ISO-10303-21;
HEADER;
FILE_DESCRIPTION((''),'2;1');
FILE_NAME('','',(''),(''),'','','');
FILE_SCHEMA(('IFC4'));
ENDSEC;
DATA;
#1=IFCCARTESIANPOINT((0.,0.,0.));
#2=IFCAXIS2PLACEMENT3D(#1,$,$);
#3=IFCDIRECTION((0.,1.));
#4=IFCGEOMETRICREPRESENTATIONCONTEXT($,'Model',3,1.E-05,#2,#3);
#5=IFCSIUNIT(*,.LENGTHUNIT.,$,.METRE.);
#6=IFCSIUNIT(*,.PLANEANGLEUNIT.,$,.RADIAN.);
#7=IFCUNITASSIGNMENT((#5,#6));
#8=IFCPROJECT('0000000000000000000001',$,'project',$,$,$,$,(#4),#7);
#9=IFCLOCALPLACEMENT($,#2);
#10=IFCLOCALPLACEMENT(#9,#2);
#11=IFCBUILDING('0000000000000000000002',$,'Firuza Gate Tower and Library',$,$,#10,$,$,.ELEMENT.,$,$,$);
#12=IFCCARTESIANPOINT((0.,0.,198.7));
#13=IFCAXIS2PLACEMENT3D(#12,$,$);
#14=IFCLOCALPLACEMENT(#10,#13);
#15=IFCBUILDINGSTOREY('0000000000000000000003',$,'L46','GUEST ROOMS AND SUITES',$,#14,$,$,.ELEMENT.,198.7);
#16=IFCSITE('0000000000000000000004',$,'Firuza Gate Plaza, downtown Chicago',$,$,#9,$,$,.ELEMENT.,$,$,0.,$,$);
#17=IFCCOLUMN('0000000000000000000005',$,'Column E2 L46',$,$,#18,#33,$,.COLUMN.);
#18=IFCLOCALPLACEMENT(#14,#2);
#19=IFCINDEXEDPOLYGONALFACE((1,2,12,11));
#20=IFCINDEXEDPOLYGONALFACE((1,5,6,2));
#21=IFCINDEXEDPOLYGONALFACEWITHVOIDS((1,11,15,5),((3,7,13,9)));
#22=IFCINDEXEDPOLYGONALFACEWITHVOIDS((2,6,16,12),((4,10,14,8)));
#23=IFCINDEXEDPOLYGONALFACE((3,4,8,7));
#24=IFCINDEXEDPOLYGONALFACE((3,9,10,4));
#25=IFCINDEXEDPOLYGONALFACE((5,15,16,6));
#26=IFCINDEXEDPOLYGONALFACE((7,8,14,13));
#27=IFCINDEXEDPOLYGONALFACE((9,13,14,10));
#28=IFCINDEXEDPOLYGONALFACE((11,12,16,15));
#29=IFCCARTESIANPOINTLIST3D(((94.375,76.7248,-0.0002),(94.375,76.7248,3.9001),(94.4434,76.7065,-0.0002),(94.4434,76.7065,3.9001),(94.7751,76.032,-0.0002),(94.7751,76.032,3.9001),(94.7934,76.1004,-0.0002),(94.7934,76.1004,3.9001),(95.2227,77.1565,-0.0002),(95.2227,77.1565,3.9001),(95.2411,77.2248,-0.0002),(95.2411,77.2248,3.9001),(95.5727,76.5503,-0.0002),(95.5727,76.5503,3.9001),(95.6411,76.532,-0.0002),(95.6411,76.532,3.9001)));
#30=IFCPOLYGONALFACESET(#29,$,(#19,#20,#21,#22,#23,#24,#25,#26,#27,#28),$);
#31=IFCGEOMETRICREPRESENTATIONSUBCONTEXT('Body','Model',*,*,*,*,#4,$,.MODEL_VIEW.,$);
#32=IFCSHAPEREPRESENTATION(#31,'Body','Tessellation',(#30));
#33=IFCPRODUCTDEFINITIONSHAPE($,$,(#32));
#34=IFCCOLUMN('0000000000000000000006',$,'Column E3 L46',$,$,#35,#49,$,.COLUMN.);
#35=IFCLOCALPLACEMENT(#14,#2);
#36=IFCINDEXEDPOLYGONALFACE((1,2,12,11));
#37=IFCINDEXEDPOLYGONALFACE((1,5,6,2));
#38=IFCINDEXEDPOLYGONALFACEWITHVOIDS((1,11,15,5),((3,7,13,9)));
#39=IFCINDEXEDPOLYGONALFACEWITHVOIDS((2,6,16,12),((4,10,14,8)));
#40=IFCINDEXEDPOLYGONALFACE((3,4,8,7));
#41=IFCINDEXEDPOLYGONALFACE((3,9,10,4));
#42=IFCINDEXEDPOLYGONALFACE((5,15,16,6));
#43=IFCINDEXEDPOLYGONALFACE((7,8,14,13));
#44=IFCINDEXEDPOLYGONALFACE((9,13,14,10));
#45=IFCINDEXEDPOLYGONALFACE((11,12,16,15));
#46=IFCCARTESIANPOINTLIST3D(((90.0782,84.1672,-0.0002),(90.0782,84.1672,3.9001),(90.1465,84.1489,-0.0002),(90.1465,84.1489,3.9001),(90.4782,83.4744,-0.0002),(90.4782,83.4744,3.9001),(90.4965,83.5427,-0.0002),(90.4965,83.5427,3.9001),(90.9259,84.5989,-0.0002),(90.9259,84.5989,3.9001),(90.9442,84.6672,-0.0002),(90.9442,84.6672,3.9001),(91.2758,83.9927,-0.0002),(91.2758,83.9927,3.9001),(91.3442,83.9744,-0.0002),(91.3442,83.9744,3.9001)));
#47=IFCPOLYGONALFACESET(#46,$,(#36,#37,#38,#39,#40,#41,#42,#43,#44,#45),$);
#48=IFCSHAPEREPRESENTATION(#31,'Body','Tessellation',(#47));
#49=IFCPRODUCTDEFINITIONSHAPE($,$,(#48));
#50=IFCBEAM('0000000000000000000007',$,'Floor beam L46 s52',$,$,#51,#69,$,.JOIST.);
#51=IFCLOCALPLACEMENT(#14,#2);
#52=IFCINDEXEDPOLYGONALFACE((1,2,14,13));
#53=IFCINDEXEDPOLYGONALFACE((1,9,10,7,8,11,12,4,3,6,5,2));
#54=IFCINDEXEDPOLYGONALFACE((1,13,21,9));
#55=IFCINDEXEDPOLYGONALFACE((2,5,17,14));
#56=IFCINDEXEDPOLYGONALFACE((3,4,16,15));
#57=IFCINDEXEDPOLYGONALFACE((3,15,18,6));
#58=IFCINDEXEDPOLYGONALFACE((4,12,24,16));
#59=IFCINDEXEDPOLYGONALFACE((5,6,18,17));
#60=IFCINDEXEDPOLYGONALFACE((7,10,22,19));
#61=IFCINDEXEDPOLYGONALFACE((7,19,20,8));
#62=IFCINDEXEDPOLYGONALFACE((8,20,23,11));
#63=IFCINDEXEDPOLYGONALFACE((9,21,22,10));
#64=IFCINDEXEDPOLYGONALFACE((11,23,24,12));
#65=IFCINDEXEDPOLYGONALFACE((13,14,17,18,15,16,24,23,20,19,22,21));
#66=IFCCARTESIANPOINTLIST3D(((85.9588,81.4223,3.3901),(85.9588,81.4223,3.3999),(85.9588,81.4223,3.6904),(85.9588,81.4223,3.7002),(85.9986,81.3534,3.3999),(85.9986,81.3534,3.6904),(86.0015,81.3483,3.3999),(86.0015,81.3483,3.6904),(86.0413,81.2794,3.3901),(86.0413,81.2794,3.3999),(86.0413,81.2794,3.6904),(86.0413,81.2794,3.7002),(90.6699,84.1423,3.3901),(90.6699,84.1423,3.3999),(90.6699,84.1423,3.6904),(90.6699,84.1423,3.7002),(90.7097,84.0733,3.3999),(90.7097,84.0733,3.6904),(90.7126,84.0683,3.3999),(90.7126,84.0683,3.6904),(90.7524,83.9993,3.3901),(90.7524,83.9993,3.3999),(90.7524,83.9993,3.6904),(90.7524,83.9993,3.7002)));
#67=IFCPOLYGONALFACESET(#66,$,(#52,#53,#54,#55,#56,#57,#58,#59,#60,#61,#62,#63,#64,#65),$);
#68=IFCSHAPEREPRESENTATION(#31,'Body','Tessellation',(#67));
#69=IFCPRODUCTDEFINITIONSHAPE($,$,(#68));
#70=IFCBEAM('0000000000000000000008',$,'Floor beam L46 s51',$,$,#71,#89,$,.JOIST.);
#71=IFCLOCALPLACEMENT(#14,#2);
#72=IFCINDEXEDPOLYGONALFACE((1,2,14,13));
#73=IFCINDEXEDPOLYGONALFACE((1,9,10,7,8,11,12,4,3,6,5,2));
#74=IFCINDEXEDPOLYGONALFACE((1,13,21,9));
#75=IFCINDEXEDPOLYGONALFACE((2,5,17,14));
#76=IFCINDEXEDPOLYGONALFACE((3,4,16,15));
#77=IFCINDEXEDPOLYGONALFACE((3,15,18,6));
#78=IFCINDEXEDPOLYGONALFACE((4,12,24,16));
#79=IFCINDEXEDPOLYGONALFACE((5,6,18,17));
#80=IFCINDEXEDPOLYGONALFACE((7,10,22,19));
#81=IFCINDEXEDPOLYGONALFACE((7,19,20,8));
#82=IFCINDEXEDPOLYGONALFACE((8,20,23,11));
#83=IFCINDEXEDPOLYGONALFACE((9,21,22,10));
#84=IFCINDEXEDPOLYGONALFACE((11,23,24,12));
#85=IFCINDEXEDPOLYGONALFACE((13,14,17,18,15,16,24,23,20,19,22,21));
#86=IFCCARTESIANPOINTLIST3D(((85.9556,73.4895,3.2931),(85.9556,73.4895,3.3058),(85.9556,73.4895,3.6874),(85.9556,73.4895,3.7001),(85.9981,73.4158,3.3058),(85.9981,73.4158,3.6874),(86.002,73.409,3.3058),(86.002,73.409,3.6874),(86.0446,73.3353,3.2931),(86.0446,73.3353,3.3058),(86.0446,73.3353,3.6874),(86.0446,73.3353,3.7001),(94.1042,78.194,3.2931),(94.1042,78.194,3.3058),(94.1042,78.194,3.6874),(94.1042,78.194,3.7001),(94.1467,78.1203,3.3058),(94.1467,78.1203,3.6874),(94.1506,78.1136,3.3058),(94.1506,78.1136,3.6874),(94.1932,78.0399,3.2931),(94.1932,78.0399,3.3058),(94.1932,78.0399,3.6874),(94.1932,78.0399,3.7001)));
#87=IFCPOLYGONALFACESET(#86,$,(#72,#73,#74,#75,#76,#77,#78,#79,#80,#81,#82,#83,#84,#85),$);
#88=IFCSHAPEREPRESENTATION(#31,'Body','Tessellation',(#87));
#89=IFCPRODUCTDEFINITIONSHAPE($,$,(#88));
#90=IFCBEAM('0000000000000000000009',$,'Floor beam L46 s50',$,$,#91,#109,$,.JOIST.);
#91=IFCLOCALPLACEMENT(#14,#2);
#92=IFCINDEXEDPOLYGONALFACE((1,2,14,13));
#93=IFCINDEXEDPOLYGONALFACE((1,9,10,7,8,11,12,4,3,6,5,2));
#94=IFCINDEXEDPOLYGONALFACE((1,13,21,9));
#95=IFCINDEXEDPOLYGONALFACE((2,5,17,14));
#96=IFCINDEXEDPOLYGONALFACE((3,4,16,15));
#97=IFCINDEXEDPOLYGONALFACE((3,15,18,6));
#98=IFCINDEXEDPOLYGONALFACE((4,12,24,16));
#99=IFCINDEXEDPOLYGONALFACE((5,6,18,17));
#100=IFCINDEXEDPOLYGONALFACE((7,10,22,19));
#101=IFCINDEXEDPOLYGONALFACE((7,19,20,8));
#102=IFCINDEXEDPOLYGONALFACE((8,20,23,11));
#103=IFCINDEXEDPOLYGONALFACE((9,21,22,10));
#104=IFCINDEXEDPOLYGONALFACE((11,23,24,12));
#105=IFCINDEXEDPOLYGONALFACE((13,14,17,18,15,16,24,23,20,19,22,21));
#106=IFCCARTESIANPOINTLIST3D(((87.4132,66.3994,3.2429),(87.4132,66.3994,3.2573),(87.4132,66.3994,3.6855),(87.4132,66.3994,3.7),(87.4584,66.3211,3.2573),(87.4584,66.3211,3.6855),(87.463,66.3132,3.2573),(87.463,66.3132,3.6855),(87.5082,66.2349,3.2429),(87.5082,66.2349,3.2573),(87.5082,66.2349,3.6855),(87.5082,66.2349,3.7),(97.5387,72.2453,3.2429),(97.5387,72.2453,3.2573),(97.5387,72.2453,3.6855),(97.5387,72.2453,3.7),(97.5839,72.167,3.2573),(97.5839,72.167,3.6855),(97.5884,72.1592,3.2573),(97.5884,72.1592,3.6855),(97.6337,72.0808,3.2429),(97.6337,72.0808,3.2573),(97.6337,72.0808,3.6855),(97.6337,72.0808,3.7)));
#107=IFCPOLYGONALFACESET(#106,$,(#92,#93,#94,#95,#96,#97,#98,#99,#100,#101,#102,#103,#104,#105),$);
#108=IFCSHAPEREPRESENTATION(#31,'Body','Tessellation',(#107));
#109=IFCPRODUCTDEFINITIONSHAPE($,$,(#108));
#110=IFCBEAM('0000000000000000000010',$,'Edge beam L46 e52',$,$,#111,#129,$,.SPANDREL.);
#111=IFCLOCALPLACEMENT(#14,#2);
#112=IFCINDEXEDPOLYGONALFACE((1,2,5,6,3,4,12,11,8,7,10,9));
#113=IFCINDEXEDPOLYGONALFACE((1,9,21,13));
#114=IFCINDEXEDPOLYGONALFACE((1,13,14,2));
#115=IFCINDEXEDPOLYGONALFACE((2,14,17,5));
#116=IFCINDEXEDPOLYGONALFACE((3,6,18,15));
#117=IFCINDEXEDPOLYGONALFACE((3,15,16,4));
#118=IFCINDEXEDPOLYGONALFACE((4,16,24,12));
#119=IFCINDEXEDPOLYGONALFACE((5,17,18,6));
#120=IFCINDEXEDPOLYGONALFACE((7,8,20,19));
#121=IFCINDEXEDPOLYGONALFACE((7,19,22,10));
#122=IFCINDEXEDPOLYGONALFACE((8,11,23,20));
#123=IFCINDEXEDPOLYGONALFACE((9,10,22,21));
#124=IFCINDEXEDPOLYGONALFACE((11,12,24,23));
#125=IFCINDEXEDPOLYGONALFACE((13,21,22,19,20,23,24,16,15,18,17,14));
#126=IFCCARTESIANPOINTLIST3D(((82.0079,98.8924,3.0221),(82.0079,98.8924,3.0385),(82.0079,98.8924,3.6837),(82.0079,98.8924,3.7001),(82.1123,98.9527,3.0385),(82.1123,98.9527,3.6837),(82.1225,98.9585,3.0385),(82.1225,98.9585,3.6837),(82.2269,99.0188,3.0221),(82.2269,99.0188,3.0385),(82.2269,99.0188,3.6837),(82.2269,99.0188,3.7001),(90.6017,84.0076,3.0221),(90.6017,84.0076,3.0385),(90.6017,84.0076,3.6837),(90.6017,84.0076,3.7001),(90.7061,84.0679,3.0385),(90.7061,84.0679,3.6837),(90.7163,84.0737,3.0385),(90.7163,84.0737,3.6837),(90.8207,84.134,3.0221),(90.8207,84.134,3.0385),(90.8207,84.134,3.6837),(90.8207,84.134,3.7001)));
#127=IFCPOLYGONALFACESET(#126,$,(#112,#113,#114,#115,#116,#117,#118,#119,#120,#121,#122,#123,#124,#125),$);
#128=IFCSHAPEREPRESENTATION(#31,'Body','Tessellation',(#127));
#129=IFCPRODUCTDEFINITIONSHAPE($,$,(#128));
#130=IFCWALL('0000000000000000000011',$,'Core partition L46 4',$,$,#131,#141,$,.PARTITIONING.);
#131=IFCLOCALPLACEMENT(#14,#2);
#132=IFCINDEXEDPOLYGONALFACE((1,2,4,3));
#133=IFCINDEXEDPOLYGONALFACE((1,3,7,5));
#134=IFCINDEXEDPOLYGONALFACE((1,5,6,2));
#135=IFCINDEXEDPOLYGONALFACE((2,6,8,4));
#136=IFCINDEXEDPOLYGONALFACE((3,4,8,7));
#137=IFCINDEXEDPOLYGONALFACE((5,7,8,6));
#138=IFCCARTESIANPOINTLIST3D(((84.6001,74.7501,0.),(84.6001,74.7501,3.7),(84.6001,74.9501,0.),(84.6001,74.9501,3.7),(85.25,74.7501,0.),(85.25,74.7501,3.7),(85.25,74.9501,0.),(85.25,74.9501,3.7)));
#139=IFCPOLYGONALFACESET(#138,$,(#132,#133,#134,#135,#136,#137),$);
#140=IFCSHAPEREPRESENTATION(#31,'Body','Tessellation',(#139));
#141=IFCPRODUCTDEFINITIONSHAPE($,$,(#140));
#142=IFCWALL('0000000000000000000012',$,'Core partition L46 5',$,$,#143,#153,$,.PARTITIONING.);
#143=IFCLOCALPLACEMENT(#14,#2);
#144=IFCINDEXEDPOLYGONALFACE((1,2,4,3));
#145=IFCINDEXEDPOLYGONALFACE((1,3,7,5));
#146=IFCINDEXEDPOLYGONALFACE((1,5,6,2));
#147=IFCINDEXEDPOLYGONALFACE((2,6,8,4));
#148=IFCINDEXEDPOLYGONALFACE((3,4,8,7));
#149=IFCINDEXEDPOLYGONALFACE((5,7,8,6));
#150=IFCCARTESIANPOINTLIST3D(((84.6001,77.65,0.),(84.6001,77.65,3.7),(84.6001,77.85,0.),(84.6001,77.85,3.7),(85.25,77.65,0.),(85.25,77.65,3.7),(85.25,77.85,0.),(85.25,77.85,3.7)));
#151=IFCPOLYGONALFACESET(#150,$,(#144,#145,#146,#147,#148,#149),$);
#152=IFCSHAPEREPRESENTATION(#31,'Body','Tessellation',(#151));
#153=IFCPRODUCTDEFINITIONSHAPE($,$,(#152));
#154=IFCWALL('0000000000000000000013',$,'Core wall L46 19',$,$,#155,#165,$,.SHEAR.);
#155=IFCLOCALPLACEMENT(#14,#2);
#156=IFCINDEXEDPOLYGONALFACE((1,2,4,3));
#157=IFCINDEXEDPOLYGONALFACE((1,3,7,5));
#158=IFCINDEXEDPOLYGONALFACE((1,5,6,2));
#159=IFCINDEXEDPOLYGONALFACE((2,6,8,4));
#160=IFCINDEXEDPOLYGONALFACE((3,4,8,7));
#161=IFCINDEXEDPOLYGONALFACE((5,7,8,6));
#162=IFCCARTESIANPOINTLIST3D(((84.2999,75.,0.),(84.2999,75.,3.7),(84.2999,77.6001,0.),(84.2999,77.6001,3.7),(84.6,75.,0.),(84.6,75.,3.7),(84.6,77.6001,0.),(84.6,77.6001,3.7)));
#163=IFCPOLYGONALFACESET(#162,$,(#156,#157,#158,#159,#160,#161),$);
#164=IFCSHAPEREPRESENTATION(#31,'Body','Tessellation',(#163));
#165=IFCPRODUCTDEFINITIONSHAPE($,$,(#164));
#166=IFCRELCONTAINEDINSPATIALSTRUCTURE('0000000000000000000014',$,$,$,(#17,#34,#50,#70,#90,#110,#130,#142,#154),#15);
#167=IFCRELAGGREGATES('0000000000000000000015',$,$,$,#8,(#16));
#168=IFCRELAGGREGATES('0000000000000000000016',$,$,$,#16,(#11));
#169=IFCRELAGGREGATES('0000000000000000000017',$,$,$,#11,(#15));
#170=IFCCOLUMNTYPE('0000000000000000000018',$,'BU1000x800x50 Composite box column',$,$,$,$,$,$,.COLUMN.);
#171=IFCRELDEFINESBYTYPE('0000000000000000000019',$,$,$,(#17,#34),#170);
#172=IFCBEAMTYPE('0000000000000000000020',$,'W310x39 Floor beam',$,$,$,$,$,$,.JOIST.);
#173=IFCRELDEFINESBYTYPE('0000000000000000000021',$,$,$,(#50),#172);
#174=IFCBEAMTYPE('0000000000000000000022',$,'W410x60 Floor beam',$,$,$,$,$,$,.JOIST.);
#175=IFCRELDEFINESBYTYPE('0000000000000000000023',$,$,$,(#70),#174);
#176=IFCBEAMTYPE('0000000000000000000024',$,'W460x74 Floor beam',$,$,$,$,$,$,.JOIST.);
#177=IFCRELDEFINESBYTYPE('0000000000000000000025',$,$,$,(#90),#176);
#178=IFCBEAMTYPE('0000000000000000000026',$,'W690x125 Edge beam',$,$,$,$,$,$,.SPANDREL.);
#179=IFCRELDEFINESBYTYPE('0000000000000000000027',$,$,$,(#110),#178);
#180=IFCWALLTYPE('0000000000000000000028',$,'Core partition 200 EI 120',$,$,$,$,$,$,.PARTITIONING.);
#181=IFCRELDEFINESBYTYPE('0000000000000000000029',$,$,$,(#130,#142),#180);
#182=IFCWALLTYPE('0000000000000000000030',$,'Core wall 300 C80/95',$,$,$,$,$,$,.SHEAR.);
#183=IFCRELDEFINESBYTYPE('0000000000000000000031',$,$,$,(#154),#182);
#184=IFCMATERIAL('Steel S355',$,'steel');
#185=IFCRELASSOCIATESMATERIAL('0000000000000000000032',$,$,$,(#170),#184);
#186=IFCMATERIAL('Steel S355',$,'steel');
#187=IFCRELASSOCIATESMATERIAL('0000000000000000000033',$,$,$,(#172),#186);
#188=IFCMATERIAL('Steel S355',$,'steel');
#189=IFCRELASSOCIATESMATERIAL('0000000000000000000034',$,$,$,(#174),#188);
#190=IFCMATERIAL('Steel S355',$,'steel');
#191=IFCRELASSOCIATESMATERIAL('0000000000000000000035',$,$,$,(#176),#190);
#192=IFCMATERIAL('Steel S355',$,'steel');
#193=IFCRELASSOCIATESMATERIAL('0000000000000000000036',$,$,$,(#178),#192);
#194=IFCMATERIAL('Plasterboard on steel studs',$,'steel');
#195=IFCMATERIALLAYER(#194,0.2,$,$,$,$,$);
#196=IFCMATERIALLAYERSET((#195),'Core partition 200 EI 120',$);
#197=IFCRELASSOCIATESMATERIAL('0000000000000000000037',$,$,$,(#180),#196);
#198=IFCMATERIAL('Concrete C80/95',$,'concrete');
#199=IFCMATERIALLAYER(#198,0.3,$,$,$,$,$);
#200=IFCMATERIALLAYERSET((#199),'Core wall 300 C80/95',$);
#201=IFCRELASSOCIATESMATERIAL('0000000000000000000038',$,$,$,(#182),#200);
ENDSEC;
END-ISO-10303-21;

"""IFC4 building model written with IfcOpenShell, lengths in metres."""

from ifc_helpers import new_model, si_unit, direction, frame, frame_2d, origin, origin_2d, place, context, subcontext, project, spatial, rectangle, hollow_rectangle, i_section, extrude, material, layer, layer_set, material_profile, profile_set, type_object, element, save


model = new_model("IFC4")

# Units and contexts
model_context = context("Model", 3, precision=1e-05, world=origin(), true_north=direction((0.0, 1.0)))
body_context = subcontext(model_context, "Body", "Model", "MODEL_VIEW")
ifc_project = project(units=[si_unit("LENGTHUNIT", "METRE"), si_unit("PLANEANGLEUNIT", "RADIAN")], contexts=[model_context])

# Site, building, storey
site_placement = place(None, origin())
site = spatial("IfcSite", under=ifc_project, at=site_placement, Name="Firuza Gate Plaza, downtown Chicago", CompositionType="ELEMENT", RefElevation=0.0)
building_placement = place(site_placement, origin())
building = spatial("IfcBuilding", under=site, at=building_placement, Name="Firuza Gate Tower and Library", CompositionType="ELEMENT")
storey_placement = place(building_placement, frame((0.0, 0.0, 198.7)))
storey = spatial("IfcBuildingStorey", under=building, at=storey_placement, Name="L46", Description="GUEST ROOMS AND SUITES", CompositionType="ELEMENT", Elevation=198.7)

# Columns
ifc_material_1 = material(Name="Steel S355", Category="steel")
ifc_material_profile_1 = material_profile(ifc_material_1, hollow_rectangle(XDim=0.8, YDim=1.0, WallThickness=0.05, at=origin_2d()))
ifc_profile_set_1 = profile_set([ifc_material_profile_1], Name="Steel S355")
column_type = type_object("IfcColumnType", Name="BU1000x800x50 Composite box column", PredefinedType="COLUMN", material=ifc_profile_set_1)
for number, where, z_axis, x_axis, name in (
    (1, (95.0081, 76.6284, -0.0002), (0.0, 0.0, 1.0), (-0.5, 0.866025, 0.0), "Column E2 L46"),
    (2, (90.7112, 84.0708, -0.0002), (0.0, 0.0, 1.0), (-0.5, 0.866025, 0.0), "Column E3 L46"),
):
    element("IfcColumn", number, at=place(storey_placement, frame(where, z_axis=z_axis, x_axis=x_axis)), inside=storey, type_object=column_type, Name=name, PredefinedType="COLUMN", context=body_context, shape_type="SweptSolid", body=[
        extrude(hollow_rectangle(XDim=0.8, YDim=1.0, WallThickness=0.05, at=origin_2d()), origin(), (0.0, 0.0, 1.0), 3.9004),
    ])

# Beams
ifc_material_2 = material(Name="Steel S355", Category="steel")
ifc_material_profile_2 = material_profile(ifc_material_2, i_section(OverallWidth=0.165, OverallDepth=0.3101, WebThickness=0.0059, FlangeThickness=0.0098, at=origin_2d()))
ifc_profile_set_2 = profile_set([ifc_material_profile_2], Name="Steel S355")
beam_type_1 = type_object("IfcBeamType", Name="W310x39 Floor beam", PredefinedType="JOIST", material=ifc_profile_set_2)
beam_1_placement = place(storey_placement, frame((90.7112, 84.0708, 3.5452), z_axis=(-0.866028, -0.499996, 0.0), x_axis=(0.499996, -0.866028, 0.0)))
element("IfcBeam", 3, at=beam_1_placement, inside=storey, type_object=beam_type_1, Name="Floor beam L46 s52", PredefinedType="JOIST", context=body_context, shape_type="SweptSolid", body=[
    extrude(i_section(OverallWidth=0.165, OverallDepth=0.3101, WebThickness=0.0059, FlangeThickness=0.0098, at=origin_2d()), origin(), (0.0, 0.0, 1.0), 5.4399),
])
ifc_material_3 = material(Name="Steel S355", Category="steel")
ifc_material_profile_3 = material_profile(ifc_material_3, i_section(OverallWidth=0.178, OverallDepth=0.407, WebThickness=0.0078, FlangeThickness=0.0127, at=origin_2d()))
ifc_profile_set_3 = profile_set([ifc_material_profile_3], Name="Steel S355")
beam_type_2 = type_object("IfcBeamType", Name="W410x60 Floor beam", PredefinedType="JOIST", material=ifc_profile_set_3)
beam_2_placement = place(storey_placement, frame((94.1487, 78.1169, 3.4966), z_axis=(-0.866028, -0.499996, 0.0), x_axis=(0.499996, -0.866028, 0.0)))
element("IfcBeam", 4, at=beam_2_placement, inside=storey, type_object=beam_type_2, Name="Floor beam L46 s51", PredefinedType="JOIST", context=body_context, shape_type="SweptSolid", body=[
    extrude(i_section(OverallWidth=0.178, OverallDepth=0.407, WebThickness=0.0078, FlangeThickness=0.0127, at=origin_2d()), origin(), (0.0, 0.0, 1.0), 9.4092),
])
ifc_material_4 = material(Name="Steel S355", Category="steel")
ifc_material_profile_4 = material_profile(ifc_material_4, i_section(OverallWidth=0.1899, OverallDepth=0.457, WebThickness=0.009, FlangeThickness=0.0144, at=origin_2d()))
ifc_profile_set_4 = profile_set([ifc_material_profile_4], Name="Steel S355")
beam_type_3 = type_object("IfcBeamType", Name="W460x74 Floor beam", PredefinedType="JOIST", material=ifc_profile_set_4)
beam_3_placement = place(storey_placement, frame((97.5862, 72.1631, 3.4714), z_axis=(-0.866026, -0.5, 0.0), x_axis=(0.5, -0.866026, 0.0)))
element("IfcBeam", 5, at=beam_3_placement, inside=storey, type_object=beam_type_3, Name="Floor beam L46 s50", PredefinedType="JOIST", context=body_context, shape_type="SweptSolid", body=[
    extrude(i_section(OverallWidth=0.1899, OverallDepth=0.457, WebThickness=0.009, FlangeThickness=0.0144, at=origin_2d()), origin(), (0.0, 0.0, 1.0), 11.6919),
])
ifc_material_5 = material(Name="Steel S355", Category="steel")
ifc_material_profile_5 = material_profile(ifc_material_5, i_section(OverallWidth=0.2529, OverallDepth=0.678, WebThickness=0.0117, FlangeThickness=0.0164, at=origin_2d()))
ifc_profile_set_5 = profile_set([ifc_material_profile_5], Name="Steel S355")
beam_type_4 = type_object("IfcBeamType", Name="W690x125 Edge beam", PredefinedType="SPANDREL", material=ifc_profile_set_5)
beam_4_placement = place(storey_placement, frame((90.7112, 84.0708, 3.3611), z_axis=(-0.500001, 0.866025, 0.0), x_axis=(-0.866025, -0.500001, 0.0)))
element("IfcBeam", 6, at=beam_4_placement, inside=storey, type_object=beam_type_4, Name="Edge beam L46 e52", PredefinedType="SPANDREL", context=body_context, shape_type="SweptSolid", body=[
    extrude(i_section(OverallWidth=0.2529, OverallDepth=0.678, WebThickness=0.0117, FlangeThickness=0.0164, at=origin_2d()), origin(), (0.0, 0.0, 1.0), 17.1875),
])

# Walls
ifc_material_6 = material(Name="Plasterboard on steel studs", Category="steel")
ifc_layer_1 = layer(ifc_material_6, 0.2)
ifc_layer_set_1 = layer_set([ifc_layer_1], Name="Core partition 200 EI 120")
wall_type_1 = type_object("IfcWallType", Name="Core partition 200 EI 120", PredefinedType="PARTITIONING", material=ifc_layer_set_1)
for number, where, z_axis, x_axis, name in (
    (7, (84.6001, 74.8501, 0.0), (0.0, 0.0, 1.0), (1.0, 0.0, 0.0), "Core partition L46 4"),
    (8, (84.6001, 77.75, 0.0), (0.0, 0.0, 1.0), (1.0, 0.0, 0.0), "Core partition L46 5"),
):
    element("IfcWall", number, at=place(storey_placement, frame(where, z_axis=z_axis, x_axis=x_axis)), inside=storey, type_object=wall_type_1, Name=name, PredefinedType="PARTITIONING", context=body_context, shape_type="SweptSolid", body=[
        extrude(rectangle(XDim=0.6499, YDim=0.2, at=frame_2d((0.325, 0.0))), origin(), (0.0, 0.0, 1.0), 3.7),
    ])
ifc_material_7 = material(Name="Concrete C80/95", Category="concrete")
ifc_layer_2 = layer(ifc_material_7, 0.3)
ifc_layer_set_2 = layer_set([ifc_layer_2], Name="Core wall 300 C80/95")
wall_type_2 = type_object("IfcWallType", Name="Core wall 300 C80/95", PredefinedType="SHEAR", material=ifc_layer_set_2)
wall_1_placement = place(storey_placement, frame((84.45, 75.0, 0.0), z_axis=(0.0, 0.0, 1.0), x_axis=(0.0, 1.0, 0.0)))
element("IfcWall", 9, at=wall_1_placement, inside=storey, type_object=wall_type_2, Name="Core wall L46 19", PredefinedType="SHEAR", context=body_context, shape_type="SweptSolid", body=[
    extrude(rectangle(XDim=2.6001, YDim=0.3, at=frame_2d((1.3, 0.0))), origin(), (0.0, 0.0, 1.0), 3.7),
])

save(model, "model.ifc")
